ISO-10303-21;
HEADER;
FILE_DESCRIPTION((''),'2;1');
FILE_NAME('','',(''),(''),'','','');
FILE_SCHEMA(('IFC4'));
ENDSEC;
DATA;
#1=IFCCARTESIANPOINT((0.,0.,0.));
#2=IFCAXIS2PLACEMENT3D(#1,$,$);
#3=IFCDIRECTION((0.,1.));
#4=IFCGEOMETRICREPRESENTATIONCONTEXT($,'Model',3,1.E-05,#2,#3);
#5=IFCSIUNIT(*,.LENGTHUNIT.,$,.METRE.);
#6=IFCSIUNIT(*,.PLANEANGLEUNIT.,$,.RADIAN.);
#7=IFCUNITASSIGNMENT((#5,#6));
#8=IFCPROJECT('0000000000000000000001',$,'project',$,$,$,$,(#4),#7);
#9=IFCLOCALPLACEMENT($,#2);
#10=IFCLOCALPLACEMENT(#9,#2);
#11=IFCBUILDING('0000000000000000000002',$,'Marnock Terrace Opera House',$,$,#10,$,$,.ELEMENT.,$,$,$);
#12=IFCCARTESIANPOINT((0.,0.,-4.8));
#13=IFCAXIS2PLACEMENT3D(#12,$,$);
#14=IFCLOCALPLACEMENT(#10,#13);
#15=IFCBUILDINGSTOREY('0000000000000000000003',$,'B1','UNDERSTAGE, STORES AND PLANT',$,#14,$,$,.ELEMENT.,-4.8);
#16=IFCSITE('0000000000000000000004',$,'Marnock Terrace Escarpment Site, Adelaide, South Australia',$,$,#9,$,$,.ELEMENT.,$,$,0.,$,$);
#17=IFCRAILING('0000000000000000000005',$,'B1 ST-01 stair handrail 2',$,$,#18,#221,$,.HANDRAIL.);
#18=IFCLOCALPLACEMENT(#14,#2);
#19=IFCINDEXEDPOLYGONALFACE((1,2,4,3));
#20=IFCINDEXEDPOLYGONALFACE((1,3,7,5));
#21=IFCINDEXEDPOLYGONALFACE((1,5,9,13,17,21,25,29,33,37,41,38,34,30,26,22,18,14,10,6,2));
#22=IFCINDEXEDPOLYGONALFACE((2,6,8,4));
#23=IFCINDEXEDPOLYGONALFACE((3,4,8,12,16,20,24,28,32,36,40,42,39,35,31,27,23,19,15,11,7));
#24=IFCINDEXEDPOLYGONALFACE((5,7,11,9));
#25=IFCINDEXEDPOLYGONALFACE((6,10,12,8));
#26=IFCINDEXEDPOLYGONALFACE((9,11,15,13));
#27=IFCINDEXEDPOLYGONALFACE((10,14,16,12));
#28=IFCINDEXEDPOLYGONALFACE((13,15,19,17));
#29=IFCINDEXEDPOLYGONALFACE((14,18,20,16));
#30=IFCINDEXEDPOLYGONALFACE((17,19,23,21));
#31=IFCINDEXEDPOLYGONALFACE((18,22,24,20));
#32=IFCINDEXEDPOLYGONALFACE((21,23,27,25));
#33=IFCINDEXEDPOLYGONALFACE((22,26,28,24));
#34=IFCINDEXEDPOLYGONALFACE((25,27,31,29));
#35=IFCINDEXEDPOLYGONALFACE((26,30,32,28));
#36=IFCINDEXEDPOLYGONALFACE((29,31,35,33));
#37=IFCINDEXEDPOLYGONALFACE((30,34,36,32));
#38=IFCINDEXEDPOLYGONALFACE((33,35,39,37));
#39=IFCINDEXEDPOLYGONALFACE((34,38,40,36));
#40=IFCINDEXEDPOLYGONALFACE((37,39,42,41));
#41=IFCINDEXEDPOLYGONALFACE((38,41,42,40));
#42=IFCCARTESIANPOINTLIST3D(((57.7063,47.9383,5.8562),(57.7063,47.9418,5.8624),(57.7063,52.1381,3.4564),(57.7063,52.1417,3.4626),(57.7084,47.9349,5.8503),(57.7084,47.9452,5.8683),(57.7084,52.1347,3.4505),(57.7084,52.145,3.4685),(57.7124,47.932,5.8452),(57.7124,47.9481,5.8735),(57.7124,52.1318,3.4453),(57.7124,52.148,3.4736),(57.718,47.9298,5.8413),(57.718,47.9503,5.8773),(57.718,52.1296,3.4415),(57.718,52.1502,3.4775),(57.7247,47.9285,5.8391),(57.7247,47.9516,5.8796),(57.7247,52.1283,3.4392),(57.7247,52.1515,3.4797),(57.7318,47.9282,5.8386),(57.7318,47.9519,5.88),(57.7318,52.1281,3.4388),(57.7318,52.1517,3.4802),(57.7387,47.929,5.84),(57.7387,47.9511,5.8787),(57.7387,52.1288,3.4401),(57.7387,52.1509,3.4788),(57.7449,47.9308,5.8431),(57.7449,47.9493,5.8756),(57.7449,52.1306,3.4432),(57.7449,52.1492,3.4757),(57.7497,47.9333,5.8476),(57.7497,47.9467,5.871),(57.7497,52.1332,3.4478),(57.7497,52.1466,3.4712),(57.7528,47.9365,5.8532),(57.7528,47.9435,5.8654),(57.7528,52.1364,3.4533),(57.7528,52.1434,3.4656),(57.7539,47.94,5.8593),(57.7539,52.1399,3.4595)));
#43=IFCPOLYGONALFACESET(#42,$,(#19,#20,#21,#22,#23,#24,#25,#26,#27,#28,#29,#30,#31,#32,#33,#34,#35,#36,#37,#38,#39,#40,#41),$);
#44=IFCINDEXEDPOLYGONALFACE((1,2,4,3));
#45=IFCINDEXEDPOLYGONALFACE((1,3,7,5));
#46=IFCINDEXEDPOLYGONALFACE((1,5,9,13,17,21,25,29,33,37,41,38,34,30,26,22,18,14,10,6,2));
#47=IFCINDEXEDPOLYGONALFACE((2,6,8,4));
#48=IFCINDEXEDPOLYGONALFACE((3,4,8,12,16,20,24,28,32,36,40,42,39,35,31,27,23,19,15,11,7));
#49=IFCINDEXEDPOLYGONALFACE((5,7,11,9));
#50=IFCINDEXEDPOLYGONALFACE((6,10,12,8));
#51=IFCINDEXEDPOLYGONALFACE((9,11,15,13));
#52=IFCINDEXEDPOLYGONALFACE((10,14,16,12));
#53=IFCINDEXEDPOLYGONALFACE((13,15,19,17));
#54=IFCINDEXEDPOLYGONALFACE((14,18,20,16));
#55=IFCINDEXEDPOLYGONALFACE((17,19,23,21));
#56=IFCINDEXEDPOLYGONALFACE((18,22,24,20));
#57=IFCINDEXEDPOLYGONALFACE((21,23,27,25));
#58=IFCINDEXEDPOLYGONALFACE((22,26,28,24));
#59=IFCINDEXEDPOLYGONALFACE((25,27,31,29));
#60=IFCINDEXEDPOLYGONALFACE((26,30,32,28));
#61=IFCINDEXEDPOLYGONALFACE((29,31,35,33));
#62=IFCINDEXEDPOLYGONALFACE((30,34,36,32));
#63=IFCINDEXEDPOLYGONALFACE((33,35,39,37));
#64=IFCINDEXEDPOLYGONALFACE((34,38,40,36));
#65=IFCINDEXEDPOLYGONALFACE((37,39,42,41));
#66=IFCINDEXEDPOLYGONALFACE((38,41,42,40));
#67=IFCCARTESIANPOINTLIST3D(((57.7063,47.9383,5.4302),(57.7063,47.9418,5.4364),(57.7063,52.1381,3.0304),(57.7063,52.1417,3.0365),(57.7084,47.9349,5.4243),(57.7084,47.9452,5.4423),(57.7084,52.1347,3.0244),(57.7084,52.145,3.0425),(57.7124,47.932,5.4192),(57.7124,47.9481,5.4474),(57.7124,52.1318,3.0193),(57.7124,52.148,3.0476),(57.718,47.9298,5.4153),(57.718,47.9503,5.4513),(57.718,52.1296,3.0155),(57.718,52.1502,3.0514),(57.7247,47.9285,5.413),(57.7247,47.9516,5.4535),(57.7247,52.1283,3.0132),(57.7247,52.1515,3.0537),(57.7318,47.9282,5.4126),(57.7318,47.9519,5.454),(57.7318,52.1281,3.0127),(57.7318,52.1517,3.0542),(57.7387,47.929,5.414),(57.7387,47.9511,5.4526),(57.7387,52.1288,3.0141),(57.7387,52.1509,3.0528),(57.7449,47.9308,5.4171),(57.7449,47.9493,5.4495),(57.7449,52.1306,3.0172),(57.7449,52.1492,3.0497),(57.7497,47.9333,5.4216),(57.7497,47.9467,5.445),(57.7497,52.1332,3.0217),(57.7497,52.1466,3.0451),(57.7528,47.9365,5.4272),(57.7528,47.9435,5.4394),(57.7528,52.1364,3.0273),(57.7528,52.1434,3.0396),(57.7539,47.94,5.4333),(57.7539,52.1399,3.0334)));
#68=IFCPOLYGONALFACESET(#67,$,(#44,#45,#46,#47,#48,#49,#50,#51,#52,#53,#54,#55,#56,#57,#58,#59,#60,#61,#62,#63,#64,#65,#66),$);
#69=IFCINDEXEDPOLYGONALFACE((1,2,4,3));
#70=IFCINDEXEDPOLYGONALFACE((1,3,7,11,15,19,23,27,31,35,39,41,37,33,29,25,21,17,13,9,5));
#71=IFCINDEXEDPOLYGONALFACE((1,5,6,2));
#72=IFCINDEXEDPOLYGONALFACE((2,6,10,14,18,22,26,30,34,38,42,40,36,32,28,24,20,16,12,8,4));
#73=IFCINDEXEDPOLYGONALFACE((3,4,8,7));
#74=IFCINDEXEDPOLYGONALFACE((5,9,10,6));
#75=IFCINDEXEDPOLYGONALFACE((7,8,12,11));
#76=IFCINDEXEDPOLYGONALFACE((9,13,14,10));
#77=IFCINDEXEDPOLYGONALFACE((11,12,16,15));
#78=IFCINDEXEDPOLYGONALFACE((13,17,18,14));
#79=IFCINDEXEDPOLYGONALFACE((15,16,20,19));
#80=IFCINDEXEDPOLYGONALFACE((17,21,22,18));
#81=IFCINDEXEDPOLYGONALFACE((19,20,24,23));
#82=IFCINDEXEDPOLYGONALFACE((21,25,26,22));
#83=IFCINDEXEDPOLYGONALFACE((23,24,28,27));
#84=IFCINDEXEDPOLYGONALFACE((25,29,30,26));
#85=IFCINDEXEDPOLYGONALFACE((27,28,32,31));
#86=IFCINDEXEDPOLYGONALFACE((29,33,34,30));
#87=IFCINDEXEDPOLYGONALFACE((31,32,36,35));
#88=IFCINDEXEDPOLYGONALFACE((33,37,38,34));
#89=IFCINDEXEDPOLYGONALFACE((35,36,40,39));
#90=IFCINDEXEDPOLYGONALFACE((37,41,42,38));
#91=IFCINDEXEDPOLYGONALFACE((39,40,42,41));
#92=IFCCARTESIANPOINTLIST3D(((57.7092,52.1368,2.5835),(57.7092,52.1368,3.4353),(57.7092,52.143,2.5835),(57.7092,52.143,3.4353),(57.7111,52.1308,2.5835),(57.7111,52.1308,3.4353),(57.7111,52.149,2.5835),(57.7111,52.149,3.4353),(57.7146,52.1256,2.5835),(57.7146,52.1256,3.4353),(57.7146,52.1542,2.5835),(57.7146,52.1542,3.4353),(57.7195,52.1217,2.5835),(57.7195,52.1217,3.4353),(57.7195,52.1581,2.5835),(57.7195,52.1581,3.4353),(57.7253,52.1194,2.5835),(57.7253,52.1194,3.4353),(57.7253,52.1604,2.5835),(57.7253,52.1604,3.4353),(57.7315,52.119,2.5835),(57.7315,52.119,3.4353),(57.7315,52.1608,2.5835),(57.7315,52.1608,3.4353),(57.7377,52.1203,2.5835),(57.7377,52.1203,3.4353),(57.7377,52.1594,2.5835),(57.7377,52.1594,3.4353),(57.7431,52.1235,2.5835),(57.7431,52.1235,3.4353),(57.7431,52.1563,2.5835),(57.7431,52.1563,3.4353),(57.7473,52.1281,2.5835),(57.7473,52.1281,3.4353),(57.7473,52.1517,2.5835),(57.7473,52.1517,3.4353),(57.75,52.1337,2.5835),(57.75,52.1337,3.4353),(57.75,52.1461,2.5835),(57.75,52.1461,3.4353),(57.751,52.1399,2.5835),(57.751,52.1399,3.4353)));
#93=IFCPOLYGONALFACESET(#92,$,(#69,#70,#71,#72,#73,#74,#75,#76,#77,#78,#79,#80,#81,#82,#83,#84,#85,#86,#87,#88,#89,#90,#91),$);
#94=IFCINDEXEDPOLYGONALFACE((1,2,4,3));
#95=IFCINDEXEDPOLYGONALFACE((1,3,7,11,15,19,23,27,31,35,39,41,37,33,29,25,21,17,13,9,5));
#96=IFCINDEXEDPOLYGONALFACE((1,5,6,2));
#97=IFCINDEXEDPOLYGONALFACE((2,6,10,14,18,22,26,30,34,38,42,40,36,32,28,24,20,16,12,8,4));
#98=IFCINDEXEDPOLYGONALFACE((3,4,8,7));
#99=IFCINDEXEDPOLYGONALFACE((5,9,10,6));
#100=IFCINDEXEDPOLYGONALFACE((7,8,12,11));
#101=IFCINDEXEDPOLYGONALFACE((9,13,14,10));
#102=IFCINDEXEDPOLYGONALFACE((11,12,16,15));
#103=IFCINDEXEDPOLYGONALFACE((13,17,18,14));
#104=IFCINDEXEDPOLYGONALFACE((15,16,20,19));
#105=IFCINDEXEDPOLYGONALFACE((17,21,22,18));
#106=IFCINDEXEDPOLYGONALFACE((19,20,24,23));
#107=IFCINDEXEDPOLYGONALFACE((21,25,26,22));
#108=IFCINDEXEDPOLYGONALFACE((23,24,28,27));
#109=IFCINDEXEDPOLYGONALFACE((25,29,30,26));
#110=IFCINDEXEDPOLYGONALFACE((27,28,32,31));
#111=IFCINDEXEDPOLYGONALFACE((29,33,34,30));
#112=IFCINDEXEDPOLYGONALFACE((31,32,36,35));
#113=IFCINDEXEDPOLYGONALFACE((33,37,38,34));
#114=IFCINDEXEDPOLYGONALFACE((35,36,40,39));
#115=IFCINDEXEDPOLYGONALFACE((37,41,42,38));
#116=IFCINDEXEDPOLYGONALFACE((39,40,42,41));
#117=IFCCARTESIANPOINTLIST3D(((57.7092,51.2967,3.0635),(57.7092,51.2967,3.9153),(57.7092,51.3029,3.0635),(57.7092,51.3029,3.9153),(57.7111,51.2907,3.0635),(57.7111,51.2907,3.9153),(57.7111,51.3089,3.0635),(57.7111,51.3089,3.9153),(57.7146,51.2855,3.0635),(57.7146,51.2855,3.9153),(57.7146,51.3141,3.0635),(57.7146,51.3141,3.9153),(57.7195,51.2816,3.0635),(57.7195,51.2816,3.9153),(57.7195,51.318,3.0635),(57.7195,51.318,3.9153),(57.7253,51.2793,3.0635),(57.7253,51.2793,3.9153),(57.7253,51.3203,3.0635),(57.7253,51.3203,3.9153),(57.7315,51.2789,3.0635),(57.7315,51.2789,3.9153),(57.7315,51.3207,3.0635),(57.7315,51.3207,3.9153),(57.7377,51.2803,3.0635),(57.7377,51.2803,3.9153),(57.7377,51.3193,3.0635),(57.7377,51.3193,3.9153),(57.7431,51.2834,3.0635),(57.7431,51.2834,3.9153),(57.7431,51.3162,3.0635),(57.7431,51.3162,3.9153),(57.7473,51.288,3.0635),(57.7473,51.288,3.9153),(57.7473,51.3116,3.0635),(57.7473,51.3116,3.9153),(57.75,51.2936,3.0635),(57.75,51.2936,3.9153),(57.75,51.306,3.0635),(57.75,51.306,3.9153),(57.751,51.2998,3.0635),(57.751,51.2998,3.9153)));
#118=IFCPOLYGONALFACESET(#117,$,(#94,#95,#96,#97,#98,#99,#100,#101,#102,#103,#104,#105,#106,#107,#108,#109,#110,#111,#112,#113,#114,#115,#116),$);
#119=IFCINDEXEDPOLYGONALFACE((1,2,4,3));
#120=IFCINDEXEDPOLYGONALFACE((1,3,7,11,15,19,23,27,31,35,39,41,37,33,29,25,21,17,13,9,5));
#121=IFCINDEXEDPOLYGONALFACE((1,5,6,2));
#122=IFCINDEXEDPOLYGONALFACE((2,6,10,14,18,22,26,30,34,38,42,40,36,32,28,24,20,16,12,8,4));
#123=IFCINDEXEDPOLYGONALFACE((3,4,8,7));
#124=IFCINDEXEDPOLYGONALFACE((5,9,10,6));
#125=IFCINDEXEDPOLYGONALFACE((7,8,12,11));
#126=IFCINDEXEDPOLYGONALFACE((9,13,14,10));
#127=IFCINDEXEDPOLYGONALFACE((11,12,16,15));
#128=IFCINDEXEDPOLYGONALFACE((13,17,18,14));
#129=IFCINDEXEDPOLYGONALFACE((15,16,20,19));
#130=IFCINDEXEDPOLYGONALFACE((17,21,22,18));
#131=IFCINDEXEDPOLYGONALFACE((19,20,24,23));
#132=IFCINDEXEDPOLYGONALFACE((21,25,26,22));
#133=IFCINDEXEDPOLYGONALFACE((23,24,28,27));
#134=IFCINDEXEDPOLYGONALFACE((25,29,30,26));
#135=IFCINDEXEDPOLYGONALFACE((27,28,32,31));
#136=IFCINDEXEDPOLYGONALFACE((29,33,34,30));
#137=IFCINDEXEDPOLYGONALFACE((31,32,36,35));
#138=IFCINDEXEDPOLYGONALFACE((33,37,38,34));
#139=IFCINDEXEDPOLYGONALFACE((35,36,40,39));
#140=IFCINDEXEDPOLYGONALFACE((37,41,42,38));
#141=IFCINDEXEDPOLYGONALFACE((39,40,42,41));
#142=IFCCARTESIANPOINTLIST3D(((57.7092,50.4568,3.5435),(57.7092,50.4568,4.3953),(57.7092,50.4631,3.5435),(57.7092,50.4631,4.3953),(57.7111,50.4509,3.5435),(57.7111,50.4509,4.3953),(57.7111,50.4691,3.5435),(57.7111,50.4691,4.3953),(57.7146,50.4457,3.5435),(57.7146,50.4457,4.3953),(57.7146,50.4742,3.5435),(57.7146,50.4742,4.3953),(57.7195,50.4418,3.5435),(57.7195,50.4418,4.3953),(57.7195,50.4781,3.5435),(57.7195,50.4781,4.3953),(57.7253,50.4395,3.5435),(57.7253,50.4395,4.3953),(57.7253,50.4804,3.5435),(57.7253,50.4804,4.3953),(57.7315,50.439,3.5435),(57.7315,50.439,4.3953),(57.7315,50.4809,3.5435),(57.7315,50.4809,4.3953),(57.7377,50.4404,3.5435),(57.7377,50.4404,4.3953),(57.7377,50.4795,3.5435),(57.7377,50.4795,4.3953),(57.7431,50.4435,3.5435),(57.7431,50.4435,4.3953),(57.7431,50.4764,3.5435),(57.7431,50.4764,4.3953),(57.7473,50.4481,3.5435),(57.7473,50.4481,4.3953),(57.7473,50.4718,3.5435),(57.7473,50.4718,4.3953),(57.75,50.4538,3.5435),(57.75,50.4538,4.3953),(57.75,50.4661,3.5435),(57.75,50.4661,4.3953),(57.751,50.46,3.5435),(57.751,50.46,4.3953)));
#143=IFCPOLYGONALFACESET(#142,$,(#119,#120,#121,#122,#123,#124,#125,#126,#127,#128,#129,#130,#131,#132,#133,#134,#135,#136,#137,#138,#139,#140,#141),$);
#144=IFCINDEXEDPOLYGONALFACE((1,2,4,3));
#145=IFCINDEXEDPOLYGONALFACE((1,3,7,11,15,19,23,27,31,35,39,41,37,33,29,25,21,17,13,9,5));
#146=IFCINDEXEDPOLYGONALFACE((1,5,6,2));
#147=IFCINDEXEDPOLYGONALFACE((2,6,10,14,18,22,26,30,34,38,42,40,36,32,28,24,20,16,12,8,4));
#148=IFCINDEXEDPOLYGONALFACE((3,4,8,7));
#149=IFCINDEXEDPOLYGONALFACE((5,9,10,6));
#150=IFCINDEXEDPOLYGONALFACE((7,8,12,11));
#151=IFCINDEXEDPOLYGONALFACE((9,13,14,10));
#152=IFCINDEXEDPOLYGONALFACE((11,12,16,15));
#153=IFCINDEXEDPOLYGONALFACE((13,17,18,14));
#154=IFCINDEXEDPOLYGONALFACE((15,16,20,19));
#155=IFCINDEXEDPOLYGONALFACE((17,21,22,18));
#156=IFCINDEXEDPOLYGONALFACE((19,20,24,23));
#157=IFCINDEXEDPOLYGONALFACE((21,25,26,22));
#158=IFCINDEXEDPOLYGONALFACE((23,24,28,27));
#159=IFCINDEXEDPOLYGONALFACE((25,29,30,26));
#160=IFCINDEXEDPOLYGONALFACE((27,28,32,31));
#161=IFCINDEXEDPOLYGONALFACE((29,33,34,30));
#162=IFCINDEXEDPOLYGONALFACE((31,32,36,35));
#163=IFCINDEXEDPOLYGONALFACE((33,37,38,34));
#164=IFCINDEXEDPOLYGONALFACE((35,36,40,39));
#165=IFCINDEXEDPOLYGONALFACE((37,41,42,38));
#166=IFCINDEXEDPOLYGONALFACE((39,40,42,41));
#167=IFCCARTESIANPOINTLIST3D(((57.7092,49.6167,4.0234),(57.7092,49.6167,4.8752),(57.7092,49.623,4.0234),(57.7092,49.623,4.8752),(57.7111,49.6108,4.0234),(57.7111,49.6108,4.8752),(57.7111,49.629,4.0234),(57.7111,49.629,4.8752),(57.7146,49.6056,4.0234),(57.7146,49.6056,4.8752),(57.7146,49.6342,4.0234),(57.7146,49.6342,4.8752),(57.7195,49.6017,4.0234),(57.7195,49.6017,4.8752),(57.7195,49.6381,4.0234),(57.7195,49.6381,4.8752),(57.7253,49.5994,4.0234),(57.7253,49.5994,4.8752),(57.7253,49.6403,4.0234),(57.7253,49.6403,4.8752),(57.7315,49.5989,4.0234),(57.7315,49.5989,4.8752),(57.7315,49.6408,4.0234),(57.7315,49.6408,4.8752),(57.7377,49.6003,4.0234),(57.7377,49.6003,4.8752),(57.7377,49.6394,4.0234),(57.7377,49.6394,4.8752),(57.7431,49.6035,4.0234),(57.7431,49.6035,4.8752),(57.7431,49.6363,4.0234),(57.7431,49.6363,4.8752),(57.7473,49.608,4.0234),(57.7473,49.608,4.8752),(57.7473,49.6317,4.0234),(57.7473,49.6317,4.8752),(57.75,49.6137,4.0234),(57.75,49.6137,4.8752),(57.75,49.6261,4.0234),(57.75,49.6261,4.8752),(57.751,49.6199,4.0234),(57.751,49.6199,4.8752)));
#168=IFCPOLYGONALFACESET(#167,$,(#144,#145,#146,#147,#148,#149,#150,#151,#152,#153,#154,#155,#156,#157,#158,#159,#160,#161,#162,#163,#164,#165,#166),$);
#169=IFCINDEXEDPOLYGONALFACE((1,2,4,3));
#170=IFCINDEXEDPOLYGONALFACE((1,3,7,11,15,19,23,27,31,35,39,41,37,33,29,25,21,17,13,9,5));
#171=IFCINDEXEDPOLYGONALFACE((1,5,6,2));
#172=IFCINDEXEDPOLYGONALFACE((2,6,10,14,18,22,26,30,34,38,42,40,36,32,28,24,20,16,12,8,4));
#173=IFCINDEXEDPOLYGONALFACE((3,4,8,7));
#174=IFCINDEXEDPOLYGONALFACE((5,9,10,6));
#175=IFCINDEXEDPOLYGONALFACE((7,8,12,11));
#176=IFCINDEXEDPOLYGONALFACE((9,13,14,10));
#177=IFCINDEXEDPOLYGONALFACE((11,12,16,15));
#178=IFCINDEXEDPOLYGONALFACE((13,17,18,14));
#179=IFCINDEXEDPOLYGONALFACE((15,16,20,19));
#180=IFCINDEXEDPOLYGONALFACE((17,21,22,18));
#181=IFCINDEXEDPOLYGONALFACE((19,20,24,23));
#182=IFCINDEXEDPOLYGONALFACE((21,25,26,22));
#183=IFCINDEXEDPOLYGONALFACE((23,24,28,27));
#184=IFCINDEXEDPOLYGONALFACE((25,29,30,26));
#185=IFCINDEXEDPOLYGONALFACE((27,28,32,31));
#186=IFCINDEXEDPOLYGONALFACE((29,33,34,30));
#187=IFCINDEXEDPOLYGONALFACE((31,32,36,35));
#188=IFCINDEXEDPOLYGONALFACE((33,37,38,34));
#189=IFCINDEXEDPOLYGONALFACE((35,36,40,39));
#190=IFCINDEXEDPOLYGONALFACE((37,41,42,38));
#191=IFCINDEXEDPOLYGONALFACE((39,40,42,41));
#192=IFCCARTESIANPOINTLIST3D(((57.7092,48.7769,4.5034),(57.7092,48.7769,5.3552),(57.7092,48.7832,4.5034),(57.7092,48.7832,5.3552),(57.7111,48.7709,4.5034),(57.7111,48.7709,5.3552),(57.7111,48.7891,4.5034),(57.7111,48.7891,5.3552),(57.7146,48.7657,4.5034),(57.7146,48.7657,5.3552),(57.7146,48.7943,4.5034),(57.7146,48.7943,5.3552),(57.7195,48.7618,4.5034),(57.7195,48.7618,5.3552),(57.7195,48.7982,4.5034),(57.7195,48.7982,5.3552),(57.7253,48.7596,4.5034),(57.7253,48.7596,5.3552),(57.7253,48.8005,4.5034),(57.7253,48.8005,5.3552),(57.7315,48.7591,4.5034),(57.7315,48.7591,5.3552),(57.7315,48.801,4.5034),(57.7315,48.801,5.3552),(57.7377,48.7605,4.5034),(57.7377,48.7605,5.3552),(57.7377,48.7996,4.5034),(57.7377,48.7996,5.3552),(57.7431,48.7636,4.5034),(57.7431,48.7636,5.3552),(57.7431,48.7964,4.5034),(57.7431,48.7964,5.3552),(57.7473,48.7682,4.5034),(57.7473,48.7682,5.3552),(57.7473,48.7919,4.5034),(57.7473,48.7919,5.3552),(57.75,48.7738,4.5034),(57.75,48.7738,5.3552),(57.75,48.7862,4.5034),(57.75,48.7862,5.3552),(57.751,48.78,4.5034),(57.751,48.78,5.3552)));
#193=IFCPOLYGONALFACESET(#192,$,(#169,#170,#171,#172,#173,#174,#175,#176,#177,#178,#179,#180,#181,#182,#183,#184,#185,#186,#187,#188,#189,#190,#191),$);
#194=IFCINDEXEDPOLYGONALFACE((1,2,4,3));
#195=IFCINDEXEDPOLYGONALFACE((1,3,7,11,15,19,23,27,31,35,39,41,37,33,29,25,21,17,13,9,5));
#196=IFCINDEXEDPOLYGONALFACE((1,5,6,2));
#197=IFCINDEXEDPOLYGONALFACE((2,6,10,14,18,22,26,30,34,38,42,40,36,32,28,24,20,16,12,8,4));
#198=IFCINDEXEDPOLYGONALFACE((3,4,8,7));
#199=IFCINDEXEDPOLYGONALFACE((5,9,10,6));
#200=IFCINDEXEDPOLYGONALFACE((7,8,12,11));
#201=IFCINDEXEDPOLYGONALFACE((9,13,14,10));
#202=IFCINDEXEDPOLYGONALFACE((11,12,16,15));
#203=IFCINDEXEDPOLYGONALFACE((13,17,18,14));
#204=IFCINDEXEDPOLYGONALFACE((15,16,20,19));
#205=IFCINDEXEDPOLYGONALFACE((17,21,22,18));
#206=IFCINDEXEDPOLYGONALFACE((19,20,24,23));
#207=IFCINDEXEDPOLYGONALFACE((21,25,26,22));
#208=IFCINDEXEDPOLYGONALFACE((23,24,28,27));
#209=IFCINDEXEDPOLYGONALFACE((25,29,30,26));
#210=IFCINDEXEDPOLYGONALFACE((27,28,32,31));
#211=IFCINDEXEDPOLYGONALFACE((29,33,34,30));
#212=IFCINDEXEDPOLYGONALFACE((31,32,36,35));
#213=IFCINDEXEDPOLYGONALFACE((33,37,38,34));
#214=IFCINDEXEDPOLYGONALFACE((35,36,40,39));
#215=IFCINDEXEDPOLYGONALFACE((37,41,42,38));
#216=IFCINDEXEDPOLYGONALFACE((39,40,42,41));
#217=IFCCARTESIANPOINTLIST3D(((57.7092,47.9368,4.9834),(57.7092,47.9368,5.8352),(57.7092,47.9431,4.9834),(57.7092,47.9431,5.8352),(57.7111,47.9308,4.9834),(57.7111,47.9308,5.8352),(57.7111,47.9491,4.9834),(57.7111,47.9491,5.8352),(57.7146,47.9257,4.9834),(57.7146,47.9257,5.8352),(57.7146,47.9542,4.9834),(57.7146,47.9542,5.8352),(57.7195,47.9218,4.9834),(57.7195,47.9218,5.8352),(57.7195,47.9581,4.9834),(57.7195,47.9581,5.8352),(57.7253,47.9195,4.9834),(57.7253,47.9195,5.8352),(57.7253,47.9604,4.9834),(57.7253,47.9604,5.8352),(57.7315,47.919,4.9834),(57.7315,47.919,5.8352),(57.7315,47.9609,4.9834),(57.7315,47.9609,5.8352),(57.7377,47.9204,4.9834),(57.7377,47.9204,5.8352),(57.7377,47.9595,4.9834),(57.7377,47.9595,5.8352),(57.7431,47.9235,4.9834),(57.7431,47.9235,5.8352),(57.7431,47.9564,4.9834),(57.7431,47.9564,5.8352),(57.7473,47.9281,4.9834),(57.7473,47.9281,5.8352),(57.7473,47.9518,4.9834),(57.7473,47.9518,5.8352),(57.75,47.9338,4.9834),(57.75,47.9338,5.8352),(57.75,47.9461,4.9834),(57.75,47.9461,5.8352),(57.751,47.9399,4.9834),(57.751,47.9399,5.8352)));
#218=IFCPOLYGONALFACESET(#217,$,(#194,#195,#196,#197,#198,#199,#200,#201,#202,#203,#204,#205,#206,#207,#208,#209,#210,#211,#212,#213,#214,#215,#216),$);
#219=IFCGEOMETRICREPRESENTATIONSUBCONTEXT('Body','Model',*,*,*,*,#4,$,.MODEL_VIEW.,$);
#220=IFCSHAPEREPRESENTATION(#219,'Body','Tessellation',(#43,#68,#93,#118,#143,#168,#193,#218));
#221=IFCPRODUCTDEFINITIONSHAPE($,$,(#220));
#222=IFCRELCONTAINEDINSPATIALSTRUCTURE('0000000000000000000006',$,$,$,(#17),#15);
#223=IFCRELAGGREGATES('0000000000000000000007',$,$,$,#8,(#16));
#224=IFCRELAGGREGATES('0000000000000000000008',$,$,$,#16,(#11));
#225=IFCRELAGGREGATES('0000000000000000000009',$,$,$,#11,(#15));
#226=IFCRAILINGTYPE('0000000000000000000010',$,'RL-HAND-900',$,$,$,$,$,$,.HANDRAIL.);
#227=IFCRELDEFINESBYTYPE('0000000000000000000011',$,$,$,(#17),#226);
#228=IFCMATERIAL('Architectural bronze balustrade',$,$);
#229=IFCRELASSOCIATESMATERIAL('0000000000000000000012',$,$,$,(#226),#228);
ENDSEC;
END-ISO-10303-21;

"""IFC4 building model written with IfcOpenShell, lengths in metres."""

from ifc_helpers import new_model, si_unit, direction, frame, origin, origin_2d, place, context, subcontext, project, spatial, circle, extrude, material, type_object, element, save


model = new_model("IFC4")

# Units and contexts
model_context = context("Model", 3, precision=1e-05, world=origin(), true_north=direction((0.0, 1.0)))
body_context = subcontext(model_context, "Body", "Model", "MODEL_VIEW")
ifc_project = project(units=[si_unit("LENGTHUNIT", "METRE"), si_unit("PLANEANGLEUNIT", "RADIAN")], contexts=[model_context])

# Site, building, storey
site_placement = place(None, origin())
site = spatial("IfcSite", under=ifc_project, at=site_placement, Name="Marnock Terrace Escarpment Site, Adelaide, South Australia", CompositionType="ELEMENT", RefElevation=0.0)
building_placement = place(site_placement, origin())
building = spatial("IfcBuilding", under=site, at=building_placement, Name="Marnock Terrace Opera House", CompositionType="ELEMENT")
storey_placement = place(building_placement, frame((0.0, 0.0, -4.8)))
storey = spatial("IfcBuildingStorey", under=building, at=storey_placement, Name="B1", Description="UNDERSTAGE, STORES AND PLANT", CompositionType="ELEMENT", Elevation=-4.8)

# Railing
ifc_material_1 = material(Name="Architectural bronze balustrade")
railing_type_1 = type_object("IfcRailingType", Name="RL-HAND-900", PredefinedType="HANDRAIL", material=ifc_material_1)
railing_1_placement = place(storey_placement, frame((57.73, 52.1399, 2.5835)))
element("IfcRailing", 1, at=railing_1_placement, inside=storey, type_object=railing_type_1, Name="B1 ST-01 stair handrail 2", PredefinedType="HANDRAIL", context=body_context, shape_type="SweptSolid", body=[
    extrude(circle(Radius=0.0239, at=origin_2d()), frame((0.0, 0.0, 0.876), z_axis=(0.0, -0.868249, 0.496128), x_axis=(1.0, 0.0, 0.0)), (0.0, 0.0, 1.0), 4.8372),
    extrude(circle(Radius=0.0239, at=origin_2d()), frame((0.0, 0.0, 0.45), z_axis=(0.0, -0.868249, 0.496128), x_axis=(1.0, 0.0, 0.0)), (0.0, 0.0, 1.0), 4.8372),
    extrude(circle(Radius=0.021, at=origin_2d()), origin(), (0.0, 0.0, 1.0), 0.8518),
    extrude(circle(Radius=0.021, at=origin_2d()), frame((0.0, -0.8401, 0.48)), (0.0, 0.0, 1.0), 0.8518),
    extrude(circle(Radius=0.021, at=origin_2d()), frame((0.0, -1.6799, 0.96)), (0.0, 0.0, 1.0), 0.8518),
    extrude(circle(Radius=0.021, at=origin_2d()), frame((0.0, -2.52, 1.4399)), (0.0, 0.0, 1.0), 0.8518),
    extrude(circle(Radius=0.021, at=origin_2d()), frame((0.0, -3.3599, 1.9199)), (0.0, 0.0, 1.0), 0.8518),
    extrude(circle(Radius=0.021, at=origin_2d()), frame((0.0, -4.2, 2.3999)), (0.0, 0.0, 1.0), 0.8518),
])

save(model, "model.ifc")
